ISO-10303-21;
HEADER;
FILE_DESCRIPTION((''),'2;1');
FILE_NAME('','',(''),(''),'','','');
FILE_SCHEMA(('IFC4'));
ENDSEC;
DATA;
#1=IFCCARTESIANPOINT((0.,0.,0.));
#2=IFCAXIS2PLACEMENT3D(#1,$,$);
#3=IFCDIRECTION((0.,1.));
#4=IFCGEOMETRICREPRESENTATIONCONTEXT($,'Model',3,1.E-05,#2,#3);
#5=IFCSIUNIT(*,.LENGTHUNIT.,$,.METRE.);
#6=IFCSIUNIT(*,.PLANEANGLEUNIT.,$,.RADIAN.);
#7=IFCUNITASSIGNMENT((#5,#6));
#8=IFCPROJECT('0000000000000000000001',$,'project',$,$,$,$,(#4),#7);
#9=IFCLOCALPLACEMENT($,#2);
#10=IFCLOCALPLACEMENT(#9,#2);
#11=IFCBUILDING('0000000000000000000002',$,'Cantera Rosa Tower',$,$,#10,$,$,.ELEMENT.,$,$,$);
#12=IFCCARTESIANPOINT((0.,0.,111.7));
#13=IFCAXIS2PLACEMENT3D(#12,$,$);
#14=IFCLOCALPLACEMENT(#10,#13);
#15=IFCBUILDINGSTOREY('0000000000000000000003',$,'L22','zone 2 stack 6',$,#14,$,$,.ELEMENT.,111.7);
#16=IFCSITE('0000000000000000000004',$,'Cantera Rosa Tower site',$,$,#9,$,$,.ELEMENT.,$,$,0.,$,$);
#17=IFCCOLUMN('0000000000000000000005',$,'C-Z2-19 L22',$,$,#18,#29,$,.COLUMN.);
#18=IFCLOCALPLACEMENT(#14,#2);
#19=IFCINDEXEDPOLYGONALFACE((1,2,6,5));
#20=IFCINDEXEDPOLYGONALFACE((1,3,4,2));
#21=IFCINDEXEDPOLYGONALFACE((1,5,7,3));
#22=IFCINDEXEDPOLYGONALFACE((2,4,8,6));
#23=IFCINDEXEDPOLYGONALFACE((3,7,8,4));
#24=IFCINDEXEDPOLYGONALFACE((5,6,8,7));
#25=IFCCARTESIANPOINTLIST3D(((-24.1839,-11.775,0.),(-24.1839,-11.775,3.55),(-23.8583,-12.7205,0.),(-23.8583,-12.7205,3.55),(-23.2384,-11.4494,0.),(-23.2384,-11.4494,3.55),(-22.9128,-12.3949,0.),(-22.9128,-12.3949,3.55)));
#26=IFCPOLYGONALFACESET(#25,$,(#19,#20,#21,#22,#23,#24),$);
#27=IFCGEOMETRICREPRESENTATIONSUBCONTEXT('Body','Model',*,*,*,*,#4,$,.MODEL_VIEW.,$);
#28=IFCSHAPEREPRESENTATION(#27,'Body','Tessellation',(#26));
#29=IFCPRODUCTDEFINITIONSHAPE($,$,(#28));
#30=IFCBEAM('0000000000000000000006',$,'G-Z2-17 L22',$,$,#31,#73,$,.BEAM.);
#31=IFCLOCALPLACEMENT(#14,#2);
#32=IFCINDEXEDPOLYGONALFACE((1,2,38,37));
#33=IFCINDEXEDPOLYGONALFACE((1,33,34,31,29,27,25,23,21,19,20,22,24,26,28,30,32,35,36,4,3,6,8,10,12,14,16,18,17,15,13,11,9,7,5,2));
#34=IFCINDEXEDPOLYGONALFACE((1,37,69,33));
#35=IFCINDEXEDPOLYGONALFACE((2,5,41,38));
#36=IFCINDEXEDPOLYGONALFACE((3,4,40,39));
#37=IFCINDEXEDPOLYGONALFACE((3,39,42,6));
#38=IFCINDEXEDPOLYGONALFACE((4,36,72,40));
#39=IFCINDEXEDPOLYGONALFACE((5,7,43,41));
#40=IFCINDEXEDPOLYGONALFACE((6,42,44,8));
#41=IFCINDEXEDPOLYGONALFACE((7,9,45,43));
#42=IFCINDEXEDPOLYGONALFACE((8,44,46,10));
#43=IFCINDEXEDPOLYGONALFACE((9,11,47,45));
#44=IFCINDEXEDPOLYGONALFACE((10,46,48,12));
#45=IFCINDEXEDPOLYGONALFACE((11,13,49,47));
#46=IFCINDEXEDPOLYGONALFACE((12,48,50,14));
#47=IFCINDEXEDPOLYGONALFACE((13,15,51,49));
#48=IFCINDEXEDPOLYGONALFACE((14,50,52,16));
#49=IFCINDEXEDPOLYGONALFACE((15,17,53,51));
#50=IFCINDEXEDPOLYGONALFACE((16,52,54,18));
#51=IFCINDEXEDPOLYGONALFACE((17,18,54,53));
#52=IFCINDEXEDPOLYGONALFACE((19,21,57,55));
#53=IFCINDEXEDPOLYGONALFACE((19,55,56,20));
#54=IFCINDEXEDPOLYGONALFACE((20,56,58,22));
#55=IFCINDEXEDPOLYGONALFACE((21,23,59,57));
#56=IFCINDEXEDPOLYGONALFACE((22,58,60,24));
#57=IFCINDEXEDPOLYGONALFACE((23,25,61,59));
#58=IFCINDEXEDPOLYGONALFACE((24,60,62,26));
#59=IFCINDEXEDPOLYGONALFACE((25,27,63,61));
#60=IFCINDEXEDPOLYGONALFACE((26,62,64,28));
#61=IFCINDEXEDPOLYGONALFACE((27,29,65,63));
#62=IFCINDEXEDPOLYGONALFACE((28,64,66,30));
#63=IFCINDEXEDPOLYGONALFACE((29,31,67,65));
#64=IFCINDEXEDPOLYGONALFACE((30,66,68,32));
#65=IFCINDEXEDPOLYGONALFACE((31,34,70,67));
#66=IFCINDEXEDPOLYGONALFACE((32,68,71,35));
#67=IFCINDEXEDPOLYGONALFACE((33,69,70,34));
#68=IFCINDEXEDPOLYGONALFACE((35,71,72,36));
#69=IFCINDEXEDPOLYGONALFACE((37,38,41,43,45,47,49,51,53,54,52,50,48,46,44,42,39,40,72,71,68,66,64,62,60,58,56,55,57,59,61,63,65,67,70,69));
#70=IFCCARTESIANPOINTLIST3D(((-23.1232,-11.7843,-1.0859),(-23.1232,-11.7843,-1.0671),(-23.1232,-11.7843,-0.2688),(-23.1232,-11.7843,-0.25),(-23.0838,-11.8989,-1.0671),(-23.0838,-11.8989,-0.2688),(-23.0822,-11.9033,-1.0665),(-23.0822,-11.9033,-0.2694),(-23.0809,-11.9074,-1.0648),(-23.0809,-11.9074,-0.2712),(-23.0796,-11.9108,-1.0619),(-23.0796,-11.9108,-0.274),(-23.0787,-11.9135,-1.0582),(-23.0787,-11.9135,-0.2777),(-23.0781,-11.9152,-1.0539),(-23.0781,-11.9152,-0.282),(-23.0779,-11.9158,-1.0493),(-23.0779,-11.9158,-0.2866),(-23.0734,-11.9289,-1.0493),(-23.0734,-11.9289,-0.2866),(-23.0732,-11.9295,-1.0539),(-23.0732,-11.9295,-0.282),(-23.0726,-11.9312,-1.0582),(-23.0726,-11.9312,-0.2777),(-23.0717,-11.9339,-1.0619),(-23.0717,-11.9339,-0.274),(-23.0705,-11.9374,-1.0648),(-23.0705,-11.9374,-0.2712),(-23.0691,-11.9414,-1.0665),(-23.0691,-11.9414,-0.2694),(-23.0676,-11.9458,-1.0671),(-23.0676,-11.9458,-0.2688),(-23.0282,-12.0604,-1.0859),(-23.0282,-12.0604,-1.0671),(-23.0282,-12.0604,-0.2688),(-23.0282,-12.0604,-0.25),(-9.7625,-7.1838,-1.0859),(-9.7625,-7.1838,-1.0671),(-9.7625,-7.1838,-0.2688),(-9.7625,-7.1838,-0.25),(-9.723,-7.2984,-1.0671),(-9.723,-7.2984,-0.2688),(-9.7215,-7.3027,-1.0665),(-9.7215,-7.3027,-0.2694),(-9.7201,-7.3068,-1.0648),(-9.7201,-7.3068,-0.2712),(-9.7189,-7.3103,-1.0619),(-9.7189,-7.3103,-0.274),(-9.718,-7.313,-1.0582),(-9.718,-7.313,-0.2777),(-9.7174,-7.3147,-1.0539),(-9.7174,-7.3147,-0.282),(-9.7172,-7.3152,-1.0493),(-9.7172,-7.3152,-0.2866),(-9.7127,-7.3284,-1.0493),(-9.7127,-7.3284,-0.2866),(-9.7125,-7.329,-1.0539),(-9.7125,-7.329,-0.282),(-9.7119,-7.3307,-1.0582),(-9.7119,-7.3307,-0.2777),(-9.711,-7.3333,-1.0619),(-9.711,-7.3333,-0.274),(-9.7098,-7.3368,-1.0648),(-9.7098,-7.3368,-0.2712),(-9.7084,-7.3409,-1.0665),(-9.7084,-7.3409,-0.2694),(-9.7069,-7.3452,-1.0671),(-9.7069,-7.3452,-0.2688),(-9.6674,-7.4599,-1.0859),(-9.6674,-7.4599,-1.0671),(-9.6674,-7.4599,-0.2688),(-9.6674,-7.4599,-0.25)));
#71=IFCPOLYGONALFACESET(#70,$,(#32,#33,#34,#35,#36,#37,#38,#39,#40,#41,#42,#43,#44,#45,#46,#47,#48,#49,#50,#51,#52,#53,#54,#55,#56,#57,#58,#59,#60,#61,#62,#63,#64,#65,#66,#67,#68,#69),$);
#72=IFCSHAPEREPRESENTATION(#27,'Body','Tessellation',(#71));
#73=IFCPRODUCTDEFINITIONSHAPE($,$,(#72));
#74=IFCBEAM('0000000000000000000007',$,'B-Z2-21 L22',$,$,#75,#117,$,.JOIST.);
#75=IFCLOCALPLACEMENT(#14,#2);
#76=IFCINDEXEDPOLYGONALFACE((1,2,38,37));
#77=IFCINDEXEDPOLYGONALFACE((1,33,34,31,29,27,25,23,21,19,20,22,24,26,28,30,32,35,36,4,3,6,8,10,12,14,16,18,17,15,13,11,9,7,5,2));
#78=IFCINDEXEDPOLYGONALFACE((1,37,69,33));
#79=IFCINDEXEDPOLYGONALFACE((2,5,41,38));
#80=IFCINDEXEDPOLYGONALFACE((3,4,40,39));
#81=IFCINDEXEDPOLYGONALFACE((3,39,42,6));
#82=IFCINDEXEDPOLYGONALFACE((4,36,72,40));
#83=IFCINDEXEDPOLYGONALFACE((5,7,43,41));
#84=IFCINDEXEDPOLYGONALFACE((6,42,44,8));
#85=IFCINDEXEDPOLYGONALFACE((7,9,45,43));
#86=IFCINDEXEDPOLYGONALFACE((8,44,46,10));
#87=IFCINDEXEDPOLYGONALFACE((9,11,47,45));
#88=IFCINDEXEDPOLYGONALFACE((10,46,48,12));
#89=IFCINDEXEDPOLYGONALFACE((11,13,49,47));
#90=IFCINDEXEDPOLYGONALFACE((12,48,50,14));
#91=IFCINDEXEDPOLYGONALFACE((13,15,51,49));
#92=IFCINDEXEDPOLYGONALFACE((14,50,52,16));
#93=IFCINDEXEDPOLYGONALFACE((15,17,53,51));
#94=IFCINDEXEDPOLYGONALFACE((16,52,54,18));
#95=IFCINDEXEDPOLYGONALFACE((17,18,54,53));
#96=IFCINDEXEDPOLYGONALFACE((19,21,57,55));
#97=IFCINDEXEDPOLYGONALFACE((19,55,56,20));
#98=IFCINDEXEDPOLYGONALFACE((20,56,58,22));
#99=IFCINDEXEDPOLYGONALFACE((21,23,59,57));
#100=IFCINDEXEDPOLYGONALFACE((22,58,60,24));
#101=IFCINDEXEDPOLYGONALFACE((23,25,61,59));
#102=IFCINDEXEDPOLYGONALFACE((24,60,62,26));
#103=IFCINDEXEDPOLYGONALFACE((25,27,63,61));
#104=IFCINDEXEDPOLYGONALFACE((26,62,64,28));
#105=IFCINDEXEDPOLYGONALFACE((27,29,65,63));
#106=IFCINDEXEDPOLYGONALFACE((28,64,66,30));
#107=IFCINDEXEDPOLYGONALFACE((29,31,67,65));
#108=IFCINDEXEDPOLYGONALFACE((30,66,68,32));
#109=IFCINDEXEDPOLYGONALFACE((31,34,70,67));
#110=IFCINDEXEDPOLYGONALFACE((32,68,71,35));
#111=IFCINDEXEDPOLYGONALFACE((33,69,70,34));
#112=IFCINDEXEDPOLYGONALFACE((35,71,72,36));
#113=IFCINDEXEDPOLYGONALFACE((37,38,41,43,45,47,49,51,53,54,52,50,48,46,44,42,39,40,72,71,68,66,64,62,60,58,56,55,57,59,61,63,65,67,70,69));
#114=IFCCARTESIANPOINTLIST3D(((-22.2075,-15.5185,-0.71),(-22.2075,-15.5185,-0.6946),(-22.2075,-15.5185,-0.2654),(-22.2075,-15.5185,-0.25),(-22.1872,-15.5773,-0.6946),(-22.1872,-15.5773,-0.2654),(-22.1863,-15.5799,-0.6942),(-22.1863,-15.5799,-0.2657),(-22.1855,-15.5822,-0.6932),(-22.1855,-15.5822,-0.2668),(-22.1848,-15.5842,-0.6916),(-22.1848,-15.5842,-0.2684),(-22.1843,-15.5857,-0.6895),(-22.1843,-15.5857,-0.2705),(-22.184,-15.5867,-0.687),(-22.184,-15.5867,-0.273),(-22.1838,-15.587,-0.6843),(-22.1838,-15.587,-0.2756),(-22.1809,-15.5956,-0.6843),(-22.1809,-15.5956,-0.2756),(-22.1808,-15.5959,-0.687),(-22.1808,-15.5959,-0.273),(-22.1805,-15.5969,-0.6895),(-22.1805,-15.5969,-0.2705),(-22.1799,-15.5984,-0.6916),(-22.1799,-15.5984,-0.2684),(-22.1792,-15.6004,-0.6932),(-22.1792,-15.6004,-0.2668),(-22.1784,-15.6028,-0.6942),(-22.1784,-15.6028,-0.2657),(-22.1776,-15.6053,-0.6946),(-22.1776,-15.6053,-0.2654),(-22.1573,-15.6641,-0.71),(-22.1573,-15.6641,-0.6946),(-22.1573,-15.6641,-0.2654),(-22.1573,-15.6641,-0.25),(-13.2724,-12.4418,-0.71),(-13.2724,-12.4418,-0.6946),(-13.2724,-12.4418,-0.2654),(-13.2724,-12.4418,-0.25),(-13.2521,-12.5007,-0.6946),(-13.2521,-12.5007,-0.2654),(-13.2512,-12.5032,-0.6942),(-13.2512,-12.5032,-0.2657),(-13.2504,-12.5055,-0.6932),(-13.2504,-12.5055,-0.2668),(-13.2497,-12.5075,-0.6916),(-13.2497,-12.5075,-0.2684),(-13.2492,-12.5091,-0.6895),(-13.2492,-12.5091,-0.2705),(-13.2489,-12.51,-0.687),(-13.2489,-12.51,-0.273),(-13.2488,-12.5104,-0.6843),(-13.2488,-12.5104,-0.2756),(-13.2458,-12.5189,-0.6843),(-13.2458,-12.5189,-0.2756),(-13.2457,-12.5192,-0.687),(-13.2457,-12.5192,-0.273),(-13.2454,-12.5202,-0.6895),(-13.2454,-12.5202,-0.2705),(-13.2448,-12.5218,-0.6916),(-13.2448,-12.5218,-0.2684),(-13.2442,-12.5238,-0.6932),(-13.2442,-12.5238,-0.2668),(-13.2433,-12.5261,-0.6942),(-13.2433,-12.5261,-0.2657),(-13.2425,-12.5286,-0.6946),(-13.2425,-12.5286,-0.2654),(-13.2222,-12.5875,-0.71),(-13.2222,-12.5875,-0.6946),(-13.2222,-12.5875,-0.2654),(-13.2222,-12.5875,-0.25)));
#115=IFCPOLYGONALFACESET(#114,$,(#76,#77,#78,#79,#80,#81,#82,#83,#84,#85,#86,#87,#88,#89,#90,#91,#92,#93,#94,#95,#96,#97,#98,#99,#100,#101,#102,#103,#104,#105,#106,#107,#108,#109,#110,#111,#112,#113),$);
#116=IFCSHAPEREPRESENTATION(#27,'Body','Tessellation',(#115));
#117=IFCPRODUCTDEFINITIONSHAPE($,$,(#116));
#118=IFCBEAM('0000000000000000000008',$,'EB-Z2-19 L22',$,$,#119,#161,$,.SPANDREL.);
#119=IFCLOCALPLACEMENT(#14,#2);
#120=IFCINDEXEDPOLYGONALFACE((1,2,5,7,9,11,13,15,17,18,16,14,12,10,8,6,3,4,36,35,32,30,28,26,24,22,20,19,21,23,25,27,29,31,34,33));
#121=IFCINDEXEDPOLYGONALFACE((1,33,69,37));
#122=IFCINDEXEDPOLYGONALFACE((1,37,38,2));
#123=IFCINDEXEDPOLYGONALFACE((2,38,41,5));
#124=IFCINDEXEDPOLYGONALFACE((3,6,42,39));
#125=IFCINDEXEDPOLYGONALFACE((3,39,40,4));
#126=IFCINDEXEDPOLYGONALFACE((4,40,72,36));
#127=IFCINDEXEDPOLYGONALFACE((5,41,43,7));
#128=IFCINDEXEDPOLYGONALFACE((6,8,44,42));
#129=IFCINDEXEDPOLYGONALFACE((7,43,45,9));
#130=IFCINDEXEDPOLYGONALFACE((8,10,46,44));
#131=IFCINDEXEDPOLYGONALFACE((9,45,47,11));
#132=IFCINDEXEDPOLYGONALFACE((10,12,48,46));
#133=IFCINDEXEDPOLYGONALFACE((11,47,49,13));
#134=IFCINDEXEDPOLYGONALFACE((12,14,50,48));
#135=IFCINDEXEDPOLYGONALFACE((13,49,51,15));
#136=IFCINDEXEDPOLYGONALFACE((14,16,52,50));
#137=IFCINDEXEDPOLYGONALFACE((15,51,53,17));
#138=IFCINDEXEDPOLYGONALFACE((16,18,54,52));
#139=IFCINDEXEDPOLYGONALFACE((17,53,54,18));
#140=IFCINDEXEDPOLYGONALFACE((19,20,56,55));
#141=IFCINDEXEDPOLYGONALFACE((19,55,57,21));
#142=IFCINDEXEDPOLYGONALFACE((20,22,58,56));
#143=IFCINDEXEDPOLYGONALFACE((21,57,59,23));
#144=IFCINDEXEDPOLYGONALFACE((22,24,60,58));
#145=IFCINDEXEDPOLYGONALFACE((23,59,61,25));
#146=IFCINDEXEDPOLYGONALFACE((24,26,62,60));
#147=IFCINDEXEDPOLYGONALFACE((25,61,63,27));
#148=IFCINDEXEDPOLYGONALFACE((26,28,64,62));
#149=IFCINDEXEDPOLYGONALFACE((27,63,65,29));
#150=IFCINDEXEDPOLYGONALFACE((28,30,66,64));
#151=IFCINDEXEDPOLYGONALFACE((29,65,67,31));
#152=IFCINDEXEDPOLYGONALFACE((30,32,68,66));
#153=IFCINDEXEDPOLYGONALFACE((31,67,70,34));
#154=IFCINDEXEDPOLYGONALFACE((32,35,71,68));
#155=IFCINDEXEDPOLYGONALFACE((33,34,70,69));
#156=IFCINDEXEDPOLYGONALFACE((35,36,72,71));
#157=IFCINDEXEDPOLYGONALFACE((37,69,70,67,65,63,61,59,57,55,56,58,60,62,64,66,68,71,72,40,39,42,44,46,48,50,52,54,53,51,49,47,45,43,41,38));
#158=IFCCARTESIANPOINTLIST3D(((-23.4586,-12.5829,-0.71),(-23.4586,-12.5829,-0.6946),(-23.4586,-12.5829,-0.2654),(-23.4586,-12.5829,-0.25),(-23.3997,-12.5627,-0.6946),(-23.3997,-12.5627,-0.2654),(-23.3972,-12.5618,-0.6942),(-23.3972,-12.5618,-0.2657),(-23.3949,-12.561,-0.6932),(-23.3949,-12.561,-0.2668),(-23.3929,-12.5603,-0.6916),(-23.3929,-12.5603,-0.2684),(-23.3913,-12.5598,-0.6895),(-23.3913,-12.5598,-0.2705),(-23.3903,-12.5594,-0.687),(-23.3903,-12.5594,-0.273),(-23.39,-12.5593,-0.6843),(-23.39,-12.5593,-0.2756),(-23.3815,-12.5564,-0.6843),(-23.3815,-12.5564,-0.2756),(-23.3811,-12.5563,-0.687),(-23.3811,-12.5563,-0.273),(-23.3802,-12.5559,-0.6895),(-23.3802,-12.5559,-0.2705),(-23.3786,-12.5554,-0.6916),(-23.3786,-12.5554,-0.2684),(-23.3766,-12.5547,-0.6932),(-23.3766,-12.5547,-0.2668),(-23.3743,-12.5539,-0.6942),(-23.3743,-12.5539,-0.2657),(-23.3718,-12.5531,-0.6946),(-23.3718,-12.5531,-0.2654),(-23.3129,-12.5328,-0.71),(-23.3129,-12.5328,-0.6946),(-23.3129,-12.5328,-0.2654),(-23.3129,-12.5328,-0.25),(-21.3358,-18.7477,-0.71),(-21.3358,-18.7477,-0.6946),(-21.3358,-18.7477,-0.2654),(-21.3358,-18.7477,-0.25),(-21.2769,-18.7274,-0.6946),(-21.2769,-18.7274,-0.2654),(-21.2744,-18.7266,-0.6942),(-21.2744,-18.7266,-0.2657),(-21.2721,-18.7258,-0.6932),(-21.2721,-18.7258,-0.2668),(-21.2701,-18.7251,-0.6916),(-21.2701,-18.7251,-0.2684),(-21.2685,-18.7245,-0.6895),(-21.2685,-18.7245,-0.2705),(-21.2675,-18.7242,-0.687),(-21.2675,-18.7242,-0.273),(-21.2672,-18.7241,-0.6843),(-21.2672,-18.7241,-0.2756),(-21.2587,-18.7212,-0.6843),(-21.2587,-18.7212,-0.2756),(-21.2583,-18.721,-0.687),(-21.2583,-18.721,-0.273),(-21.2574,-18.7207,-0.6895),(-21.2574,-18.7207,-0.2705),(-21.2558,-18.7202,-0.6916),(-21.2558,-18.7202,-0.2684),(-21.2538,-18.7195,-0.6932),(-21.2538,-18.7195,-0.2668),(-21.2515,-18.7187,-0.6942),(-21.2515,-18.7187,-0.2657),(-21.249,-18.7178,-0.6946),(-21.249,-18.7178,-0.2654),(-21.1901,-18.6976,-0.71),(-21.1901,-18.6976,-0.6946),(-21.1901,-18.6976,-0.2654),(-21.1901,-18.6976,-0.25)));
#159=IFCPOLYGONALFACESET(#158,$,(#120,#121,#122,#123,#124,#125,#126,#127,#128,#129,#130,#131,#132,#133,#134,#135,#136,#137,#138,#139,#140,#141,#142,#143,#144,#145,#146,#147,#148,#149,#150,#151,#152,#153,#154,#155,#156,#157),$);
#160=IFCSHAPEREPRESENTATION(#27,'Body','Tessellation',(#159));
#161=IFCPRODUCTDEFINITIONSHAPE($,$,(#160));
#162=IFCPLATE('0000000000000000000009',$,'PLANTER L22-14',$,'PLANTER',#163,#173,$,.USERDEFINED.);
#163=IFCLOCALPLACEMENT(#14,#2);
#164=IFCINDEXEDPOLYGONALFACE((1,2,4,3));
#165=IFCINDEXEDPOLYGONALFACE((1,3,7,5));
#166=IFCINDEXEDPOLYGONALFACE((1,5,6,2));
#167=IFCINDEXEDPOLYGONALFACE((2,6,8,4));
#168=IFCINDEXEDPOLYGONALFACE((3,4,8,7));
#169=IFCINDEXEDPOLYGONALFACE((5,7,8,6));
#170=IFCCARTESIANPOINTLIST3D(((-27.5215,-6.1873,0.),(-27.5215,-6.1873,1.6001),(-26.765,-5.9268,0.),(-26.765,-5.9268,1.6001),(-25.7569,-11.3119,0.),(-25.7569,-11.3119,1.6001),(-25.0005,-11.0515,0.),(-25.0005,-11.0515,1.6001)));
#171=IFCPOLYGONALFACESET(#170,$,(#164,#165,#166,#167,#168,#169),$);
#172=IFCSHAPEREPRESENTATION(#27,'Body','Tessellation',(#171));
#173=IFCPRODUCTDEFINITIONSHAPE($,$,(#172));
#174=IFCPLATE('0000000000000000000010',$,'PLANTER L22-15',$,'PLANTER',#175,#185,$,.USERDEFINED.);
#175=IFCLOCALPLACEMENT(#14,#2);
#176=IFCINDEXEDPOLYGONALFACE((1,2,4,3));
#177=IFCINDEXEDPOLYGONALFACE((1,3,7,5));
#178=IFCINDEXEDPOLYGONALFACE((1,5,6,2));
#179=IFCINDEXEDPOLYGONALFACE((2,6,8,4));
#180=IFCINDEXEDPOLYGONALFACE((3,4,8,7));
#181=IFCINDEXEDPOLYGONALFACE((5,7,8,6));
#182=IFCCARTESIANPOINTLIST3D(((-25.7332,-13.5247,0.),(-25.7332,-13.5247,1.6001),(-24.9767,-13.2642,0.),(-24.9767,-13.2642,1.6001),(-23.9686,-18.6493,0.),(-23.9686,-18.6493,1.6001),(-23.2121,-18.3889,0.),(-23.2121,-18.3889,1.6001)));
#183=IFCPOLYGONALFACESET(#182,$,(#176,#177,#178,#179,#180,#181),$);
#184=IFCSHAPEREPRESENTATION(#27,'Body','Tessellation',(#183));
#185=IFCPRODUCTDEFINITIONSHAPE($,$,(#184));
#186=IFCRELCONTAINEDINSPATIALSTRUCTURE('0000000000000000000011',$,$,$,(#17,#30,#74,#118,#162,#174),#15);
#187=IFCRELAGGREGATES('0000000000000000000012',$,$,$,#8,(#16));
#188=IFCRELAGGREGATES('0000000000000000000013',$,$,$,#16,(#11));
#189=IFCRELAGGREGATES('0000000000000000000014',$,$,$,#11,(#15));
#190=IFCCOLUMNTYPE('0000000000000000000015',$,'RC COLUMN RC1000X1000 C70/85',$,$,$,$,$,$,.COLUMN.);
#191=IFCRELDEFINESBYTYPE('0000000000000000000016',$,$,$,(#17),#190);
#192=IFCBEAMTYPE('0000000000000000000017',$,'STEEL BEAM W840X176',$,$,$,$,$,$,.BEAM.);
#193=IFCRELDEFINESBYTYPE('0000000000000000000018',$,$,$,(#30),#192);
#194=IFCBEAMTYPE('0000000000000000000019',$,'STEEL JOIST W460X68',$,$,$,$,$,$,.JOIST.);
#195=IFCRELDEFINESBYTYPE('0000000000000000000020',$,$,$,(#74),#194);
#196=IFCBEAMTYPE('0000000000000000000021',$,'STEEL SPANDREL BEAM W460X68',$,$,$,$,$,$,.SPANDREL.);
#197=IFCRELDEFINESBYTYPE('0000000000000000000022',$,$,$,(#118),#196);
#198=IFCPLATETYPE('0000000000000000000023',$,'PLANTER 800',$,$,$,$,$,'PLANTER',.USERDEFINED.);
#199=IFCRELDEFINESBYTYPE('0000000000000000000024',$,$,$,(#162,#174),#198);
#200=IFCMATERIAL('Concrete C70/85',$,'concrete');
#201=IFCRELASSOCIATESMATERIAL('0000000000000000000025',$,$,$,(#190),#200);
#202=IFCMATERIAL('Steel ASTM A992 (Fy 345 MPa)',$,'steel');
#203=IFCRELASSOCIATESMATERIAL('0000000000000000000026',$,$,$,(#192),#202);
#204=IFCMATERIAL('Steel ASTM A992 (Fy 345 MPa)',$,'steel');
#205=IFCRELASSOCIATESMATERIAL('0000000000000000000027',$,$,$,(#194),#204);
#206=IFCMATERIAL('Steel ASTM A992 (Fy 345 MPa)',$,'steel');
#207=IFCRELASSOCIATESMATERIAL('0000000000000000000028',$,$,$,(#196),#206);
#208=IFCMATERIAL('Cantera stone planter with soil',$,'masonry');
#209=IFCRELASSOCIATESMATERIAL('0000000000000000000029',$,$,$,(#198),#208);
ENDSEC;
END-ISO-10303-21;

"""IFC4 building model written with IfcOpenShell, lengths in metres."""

from ifc_helpers import new_model, si_unit, direction, frame, origin, origin_2d, place, context, subcontext, project, spatial, rectangle, i_section, extrude, material, material_profile, profile_set, type_object, element, save


model = new_model("IFC4")

# Units and contexts
model_context = context("Model", 3, precision=1e-05, world=origin(), true_north=direction((0.0, 1.0)))
body_context = subcontext(model_context, "Body", "Model", "MODEL_VIEW")
ifc_project = project(units=[si_unit("LENGTHUNIT", "METRE"), si_unit("PLANEANGLEUNIT", "RADIAN")], contexts=[model_context])

# Site, building, storey
site_placement = place(None, origin())
site = spatial("IfcSite", under=ifc_project, at=site_placement, Name="Cantera Rosa Tower site", CompositionType="ELEMENT", RefElevation=0.0)
building_placement = place(site_placement, origin())
building = spatial("IfcBuilding", under=site, at=building_placement, Name="Cantera Rosa Tower", CompositionType="ELEMENT")
storey_placement = place(building_placement, frame((0.0, 0.0, 111.7)))
storey = spatial("IfcBuildingStorey", under=building, at=storey_placement, Name="L22", Description="zone 2 stack 6", CompositionType="ELEMENT", Elevation=111.7)

# Column
ifc_material_1 = material(Name="Concrete C70/85", Category="concrete")
ifc_material_profile_1 = material_profile(ifc_material_1, rectangle(XDim=1.0, YDim=1.0, at=origin_2d()), Name="RC COLUMN RC1000X1000 C70/85")
ifc_profile_set_1 = profile_set([ifc_material_profile_1], Name="Concrete C70/85")
column_type = type_object("IfcColumnType", Name="RC COLUMN RC1000X1000 C70/85", PredefinedType="COLUMN", material=ifc_profile_set_1)
column_placement = place(storey_placement, frame((-23.5483, -12.085, 0.0), z_axis=(0.0, 0.0, 1.0), x_axis=(0.945519, 0.325568, 0.0)))
element("IfcColumn", 1, at=column_placement, inside=storey, type_object=column_type, Name="C-Z2-19 L22", PredefinedType="COLUMN", context=body_context, shape_type="SweptSolid", body=[
    extrude(rectangle(XDim=1.0, YDim=1.0, at=origin_2d()), origin(), (0.0, 0.0, 1.0), 3.55),
])

# Beams
ifc_material_2 = material(Name="Steel ASTM A992 (Fy 345 MPa)", Category="steel")
ifc_material_profile_2 = material_profile(ifc_material_2, i_section(OverallWidth=0.292, OverallDepth=0.8359, WebThickness=0.0139, FlangeThickness=0.0188, FilletRadius=0.0178, at=origin_2d()), Name="W840X176")
ifc_profile_set_2 = profile_set([ifc_material_profile_2], Name="Steel ASTM A992 (Fy 345 MPa)")
beam_type_1 = type_object("IfcBeamType", Name="STEEL BEAM W840X176", PredefinedType="BEAM", material=ifc_profile_set_2)
beam_1_placement = place(storey_placement, frame((-23.0757, -11.9224, -0.668), z_axis=(0.945517, 0.325573, 0.0), x_axis=(-0.325573, 0.945517, 0.0)))
element("IfcBeam", 2, at=beam_1_placement, inside=storey, type_object=beam_type_1, Name="G-Z2-17 L22", PredefinedType="BEAM", context=body_context, shape_type="SweptSolid", body=[
    extrude(i_section(OverallWidth=0.292, OverallDepth=0.8359, WebThickness=0.0139, FlangeThickness=0.0188, FilletRadius=0.0178, at=origin_2d()), origin(), (0.0, 0.0, 1.0), 14.1306),
])
ifc_material_3 = material(Name="Steel ASTM A992 (Fy 345 MPa)", Category="steel")
ifc_material_profile_3 = material_profile(ifc_material_3, i_section(OverallWidth=0.1541, OverallDepth=0.46, WebThickness=0.009, FlangeThickness=0.0154, FilletRadius=0.0103, at=origin_2d()), Name="W460X68")
ifc_profile_set_3 = profile_set([ifc_material_profile_3], Name="Steel ASTM A992 (Fy 345 MPa)")
beam_type_2 = type_object("IfcBeamType", Name="STEEL JOIST W460X68", PredefinedType="JOIST", material=ifc_profile_set_3)
beam_2_placement = place(storey_placement, frame((-22.1824, -15.5913, -0.48), z_axis=(0.945516, 0.325575, 0.0), x_axis=(-0.325575, 0.945516, 0.0)))
element("IfcBeam", 3, at=beam_2_placement, inside=storey, type_object=beam_type_2, Name="B-Z2-21 L22", PredefinedType="JOIST", context=body_context, shape_type="SweptSolid", body=[
    extrude(i_section(OverallWidth=0.1541, OverallDepth=0.46, WebThickness=0.009, FlangeThickness=0.0154, FilletRadius=0.0103, at=origin_2d()), origin(), (0.0, 0.0, 1.0), 9.45),
])
ifc_material_4 = material(Name="Steel ASTM A992 (Fy 345 MPa)", Category="steel")
ifc_material_profile_4 = material_profile(ifc_material_4, i_section(OverallWidth=0.1541, OverallDepth=0.46, WebThickness=0.009, FlangeThickness=0.0154, FilletRadius=0.0103, at=origin_2d()), Name="W460X68")
ifc_profile_set_4 = profile_set([ifc_material_profile_4], Name="Steel ASTM A992 (Fy 345 MPa)")
beam_type_3 = type_object("IfcBeamType", Name="STEEL SPANDREL BEAM W460X68", PredefinedType="SPANDREL", material=ifc_profile_set_4)
beam_3_placement = place(storey_placement, frame((-23.3857, -12.5579, -0.48), z_axis=(0.325581, -0.945514, 0.0), x_axis=(0.945514, 0.325581, 0.0)))
element("IfcBeam", 4, at=beam_3_placement, inside=storey, type_object=beam_type_3, Name="EB-Z2-19 L22", PredefinedType="SPANDREL", context=body_context, shape_type="SweptSolid", body=[
    extrude(i_section(OverallWidth=0.1541, OverallDepth=0.46, WebThickness=0.009, FlangeThickness=0.0154, FilletRadius=0.0103, at=origin_2d()), origin(), (0.0, 0.0, 1.0), 6.52),
])

# Plates
ifc_material_5 = material(Name="Cantera stone planter with soil", Category="masonry")
plate_type = type_object("IfcPlateType", Name="PLANTER 800", ElementType="PLANTER", PredefinedType="USERDEFINED", material=ifc_material_5)
for number, where, z_axis, x_axis, name in (
    (5, (-26.261, -8.6194, 0.0), (0.0, 0.0, 1.0), (0.325568, -0.945519, 0.0), "PLANTER L22-14"),
    (6, (-24.4727, -15.9568, 0.0), (0.0, 0.0, 1.0), (0.325568, -0.945519, 0.0), "PLANTER L22-15"),
):
    element("IfcPlate", number, at=place(storey_placement, frame(where, z_axis=z_axis, x_axis=x_axis)), inside=storey, type_object=plate_type, Name=name, ObjectType="PLANTER", PredefinedType="USERDEFINED", context=body_context, shape_type="SweptSolid", body=[
        extrude(rectangle(XDim=5.4199, YDim=0.8, at=origin_2d()), origin(), (0.0, 0.0, 1.0), 1.6001),
    ])

save(model, "model.ifc")
